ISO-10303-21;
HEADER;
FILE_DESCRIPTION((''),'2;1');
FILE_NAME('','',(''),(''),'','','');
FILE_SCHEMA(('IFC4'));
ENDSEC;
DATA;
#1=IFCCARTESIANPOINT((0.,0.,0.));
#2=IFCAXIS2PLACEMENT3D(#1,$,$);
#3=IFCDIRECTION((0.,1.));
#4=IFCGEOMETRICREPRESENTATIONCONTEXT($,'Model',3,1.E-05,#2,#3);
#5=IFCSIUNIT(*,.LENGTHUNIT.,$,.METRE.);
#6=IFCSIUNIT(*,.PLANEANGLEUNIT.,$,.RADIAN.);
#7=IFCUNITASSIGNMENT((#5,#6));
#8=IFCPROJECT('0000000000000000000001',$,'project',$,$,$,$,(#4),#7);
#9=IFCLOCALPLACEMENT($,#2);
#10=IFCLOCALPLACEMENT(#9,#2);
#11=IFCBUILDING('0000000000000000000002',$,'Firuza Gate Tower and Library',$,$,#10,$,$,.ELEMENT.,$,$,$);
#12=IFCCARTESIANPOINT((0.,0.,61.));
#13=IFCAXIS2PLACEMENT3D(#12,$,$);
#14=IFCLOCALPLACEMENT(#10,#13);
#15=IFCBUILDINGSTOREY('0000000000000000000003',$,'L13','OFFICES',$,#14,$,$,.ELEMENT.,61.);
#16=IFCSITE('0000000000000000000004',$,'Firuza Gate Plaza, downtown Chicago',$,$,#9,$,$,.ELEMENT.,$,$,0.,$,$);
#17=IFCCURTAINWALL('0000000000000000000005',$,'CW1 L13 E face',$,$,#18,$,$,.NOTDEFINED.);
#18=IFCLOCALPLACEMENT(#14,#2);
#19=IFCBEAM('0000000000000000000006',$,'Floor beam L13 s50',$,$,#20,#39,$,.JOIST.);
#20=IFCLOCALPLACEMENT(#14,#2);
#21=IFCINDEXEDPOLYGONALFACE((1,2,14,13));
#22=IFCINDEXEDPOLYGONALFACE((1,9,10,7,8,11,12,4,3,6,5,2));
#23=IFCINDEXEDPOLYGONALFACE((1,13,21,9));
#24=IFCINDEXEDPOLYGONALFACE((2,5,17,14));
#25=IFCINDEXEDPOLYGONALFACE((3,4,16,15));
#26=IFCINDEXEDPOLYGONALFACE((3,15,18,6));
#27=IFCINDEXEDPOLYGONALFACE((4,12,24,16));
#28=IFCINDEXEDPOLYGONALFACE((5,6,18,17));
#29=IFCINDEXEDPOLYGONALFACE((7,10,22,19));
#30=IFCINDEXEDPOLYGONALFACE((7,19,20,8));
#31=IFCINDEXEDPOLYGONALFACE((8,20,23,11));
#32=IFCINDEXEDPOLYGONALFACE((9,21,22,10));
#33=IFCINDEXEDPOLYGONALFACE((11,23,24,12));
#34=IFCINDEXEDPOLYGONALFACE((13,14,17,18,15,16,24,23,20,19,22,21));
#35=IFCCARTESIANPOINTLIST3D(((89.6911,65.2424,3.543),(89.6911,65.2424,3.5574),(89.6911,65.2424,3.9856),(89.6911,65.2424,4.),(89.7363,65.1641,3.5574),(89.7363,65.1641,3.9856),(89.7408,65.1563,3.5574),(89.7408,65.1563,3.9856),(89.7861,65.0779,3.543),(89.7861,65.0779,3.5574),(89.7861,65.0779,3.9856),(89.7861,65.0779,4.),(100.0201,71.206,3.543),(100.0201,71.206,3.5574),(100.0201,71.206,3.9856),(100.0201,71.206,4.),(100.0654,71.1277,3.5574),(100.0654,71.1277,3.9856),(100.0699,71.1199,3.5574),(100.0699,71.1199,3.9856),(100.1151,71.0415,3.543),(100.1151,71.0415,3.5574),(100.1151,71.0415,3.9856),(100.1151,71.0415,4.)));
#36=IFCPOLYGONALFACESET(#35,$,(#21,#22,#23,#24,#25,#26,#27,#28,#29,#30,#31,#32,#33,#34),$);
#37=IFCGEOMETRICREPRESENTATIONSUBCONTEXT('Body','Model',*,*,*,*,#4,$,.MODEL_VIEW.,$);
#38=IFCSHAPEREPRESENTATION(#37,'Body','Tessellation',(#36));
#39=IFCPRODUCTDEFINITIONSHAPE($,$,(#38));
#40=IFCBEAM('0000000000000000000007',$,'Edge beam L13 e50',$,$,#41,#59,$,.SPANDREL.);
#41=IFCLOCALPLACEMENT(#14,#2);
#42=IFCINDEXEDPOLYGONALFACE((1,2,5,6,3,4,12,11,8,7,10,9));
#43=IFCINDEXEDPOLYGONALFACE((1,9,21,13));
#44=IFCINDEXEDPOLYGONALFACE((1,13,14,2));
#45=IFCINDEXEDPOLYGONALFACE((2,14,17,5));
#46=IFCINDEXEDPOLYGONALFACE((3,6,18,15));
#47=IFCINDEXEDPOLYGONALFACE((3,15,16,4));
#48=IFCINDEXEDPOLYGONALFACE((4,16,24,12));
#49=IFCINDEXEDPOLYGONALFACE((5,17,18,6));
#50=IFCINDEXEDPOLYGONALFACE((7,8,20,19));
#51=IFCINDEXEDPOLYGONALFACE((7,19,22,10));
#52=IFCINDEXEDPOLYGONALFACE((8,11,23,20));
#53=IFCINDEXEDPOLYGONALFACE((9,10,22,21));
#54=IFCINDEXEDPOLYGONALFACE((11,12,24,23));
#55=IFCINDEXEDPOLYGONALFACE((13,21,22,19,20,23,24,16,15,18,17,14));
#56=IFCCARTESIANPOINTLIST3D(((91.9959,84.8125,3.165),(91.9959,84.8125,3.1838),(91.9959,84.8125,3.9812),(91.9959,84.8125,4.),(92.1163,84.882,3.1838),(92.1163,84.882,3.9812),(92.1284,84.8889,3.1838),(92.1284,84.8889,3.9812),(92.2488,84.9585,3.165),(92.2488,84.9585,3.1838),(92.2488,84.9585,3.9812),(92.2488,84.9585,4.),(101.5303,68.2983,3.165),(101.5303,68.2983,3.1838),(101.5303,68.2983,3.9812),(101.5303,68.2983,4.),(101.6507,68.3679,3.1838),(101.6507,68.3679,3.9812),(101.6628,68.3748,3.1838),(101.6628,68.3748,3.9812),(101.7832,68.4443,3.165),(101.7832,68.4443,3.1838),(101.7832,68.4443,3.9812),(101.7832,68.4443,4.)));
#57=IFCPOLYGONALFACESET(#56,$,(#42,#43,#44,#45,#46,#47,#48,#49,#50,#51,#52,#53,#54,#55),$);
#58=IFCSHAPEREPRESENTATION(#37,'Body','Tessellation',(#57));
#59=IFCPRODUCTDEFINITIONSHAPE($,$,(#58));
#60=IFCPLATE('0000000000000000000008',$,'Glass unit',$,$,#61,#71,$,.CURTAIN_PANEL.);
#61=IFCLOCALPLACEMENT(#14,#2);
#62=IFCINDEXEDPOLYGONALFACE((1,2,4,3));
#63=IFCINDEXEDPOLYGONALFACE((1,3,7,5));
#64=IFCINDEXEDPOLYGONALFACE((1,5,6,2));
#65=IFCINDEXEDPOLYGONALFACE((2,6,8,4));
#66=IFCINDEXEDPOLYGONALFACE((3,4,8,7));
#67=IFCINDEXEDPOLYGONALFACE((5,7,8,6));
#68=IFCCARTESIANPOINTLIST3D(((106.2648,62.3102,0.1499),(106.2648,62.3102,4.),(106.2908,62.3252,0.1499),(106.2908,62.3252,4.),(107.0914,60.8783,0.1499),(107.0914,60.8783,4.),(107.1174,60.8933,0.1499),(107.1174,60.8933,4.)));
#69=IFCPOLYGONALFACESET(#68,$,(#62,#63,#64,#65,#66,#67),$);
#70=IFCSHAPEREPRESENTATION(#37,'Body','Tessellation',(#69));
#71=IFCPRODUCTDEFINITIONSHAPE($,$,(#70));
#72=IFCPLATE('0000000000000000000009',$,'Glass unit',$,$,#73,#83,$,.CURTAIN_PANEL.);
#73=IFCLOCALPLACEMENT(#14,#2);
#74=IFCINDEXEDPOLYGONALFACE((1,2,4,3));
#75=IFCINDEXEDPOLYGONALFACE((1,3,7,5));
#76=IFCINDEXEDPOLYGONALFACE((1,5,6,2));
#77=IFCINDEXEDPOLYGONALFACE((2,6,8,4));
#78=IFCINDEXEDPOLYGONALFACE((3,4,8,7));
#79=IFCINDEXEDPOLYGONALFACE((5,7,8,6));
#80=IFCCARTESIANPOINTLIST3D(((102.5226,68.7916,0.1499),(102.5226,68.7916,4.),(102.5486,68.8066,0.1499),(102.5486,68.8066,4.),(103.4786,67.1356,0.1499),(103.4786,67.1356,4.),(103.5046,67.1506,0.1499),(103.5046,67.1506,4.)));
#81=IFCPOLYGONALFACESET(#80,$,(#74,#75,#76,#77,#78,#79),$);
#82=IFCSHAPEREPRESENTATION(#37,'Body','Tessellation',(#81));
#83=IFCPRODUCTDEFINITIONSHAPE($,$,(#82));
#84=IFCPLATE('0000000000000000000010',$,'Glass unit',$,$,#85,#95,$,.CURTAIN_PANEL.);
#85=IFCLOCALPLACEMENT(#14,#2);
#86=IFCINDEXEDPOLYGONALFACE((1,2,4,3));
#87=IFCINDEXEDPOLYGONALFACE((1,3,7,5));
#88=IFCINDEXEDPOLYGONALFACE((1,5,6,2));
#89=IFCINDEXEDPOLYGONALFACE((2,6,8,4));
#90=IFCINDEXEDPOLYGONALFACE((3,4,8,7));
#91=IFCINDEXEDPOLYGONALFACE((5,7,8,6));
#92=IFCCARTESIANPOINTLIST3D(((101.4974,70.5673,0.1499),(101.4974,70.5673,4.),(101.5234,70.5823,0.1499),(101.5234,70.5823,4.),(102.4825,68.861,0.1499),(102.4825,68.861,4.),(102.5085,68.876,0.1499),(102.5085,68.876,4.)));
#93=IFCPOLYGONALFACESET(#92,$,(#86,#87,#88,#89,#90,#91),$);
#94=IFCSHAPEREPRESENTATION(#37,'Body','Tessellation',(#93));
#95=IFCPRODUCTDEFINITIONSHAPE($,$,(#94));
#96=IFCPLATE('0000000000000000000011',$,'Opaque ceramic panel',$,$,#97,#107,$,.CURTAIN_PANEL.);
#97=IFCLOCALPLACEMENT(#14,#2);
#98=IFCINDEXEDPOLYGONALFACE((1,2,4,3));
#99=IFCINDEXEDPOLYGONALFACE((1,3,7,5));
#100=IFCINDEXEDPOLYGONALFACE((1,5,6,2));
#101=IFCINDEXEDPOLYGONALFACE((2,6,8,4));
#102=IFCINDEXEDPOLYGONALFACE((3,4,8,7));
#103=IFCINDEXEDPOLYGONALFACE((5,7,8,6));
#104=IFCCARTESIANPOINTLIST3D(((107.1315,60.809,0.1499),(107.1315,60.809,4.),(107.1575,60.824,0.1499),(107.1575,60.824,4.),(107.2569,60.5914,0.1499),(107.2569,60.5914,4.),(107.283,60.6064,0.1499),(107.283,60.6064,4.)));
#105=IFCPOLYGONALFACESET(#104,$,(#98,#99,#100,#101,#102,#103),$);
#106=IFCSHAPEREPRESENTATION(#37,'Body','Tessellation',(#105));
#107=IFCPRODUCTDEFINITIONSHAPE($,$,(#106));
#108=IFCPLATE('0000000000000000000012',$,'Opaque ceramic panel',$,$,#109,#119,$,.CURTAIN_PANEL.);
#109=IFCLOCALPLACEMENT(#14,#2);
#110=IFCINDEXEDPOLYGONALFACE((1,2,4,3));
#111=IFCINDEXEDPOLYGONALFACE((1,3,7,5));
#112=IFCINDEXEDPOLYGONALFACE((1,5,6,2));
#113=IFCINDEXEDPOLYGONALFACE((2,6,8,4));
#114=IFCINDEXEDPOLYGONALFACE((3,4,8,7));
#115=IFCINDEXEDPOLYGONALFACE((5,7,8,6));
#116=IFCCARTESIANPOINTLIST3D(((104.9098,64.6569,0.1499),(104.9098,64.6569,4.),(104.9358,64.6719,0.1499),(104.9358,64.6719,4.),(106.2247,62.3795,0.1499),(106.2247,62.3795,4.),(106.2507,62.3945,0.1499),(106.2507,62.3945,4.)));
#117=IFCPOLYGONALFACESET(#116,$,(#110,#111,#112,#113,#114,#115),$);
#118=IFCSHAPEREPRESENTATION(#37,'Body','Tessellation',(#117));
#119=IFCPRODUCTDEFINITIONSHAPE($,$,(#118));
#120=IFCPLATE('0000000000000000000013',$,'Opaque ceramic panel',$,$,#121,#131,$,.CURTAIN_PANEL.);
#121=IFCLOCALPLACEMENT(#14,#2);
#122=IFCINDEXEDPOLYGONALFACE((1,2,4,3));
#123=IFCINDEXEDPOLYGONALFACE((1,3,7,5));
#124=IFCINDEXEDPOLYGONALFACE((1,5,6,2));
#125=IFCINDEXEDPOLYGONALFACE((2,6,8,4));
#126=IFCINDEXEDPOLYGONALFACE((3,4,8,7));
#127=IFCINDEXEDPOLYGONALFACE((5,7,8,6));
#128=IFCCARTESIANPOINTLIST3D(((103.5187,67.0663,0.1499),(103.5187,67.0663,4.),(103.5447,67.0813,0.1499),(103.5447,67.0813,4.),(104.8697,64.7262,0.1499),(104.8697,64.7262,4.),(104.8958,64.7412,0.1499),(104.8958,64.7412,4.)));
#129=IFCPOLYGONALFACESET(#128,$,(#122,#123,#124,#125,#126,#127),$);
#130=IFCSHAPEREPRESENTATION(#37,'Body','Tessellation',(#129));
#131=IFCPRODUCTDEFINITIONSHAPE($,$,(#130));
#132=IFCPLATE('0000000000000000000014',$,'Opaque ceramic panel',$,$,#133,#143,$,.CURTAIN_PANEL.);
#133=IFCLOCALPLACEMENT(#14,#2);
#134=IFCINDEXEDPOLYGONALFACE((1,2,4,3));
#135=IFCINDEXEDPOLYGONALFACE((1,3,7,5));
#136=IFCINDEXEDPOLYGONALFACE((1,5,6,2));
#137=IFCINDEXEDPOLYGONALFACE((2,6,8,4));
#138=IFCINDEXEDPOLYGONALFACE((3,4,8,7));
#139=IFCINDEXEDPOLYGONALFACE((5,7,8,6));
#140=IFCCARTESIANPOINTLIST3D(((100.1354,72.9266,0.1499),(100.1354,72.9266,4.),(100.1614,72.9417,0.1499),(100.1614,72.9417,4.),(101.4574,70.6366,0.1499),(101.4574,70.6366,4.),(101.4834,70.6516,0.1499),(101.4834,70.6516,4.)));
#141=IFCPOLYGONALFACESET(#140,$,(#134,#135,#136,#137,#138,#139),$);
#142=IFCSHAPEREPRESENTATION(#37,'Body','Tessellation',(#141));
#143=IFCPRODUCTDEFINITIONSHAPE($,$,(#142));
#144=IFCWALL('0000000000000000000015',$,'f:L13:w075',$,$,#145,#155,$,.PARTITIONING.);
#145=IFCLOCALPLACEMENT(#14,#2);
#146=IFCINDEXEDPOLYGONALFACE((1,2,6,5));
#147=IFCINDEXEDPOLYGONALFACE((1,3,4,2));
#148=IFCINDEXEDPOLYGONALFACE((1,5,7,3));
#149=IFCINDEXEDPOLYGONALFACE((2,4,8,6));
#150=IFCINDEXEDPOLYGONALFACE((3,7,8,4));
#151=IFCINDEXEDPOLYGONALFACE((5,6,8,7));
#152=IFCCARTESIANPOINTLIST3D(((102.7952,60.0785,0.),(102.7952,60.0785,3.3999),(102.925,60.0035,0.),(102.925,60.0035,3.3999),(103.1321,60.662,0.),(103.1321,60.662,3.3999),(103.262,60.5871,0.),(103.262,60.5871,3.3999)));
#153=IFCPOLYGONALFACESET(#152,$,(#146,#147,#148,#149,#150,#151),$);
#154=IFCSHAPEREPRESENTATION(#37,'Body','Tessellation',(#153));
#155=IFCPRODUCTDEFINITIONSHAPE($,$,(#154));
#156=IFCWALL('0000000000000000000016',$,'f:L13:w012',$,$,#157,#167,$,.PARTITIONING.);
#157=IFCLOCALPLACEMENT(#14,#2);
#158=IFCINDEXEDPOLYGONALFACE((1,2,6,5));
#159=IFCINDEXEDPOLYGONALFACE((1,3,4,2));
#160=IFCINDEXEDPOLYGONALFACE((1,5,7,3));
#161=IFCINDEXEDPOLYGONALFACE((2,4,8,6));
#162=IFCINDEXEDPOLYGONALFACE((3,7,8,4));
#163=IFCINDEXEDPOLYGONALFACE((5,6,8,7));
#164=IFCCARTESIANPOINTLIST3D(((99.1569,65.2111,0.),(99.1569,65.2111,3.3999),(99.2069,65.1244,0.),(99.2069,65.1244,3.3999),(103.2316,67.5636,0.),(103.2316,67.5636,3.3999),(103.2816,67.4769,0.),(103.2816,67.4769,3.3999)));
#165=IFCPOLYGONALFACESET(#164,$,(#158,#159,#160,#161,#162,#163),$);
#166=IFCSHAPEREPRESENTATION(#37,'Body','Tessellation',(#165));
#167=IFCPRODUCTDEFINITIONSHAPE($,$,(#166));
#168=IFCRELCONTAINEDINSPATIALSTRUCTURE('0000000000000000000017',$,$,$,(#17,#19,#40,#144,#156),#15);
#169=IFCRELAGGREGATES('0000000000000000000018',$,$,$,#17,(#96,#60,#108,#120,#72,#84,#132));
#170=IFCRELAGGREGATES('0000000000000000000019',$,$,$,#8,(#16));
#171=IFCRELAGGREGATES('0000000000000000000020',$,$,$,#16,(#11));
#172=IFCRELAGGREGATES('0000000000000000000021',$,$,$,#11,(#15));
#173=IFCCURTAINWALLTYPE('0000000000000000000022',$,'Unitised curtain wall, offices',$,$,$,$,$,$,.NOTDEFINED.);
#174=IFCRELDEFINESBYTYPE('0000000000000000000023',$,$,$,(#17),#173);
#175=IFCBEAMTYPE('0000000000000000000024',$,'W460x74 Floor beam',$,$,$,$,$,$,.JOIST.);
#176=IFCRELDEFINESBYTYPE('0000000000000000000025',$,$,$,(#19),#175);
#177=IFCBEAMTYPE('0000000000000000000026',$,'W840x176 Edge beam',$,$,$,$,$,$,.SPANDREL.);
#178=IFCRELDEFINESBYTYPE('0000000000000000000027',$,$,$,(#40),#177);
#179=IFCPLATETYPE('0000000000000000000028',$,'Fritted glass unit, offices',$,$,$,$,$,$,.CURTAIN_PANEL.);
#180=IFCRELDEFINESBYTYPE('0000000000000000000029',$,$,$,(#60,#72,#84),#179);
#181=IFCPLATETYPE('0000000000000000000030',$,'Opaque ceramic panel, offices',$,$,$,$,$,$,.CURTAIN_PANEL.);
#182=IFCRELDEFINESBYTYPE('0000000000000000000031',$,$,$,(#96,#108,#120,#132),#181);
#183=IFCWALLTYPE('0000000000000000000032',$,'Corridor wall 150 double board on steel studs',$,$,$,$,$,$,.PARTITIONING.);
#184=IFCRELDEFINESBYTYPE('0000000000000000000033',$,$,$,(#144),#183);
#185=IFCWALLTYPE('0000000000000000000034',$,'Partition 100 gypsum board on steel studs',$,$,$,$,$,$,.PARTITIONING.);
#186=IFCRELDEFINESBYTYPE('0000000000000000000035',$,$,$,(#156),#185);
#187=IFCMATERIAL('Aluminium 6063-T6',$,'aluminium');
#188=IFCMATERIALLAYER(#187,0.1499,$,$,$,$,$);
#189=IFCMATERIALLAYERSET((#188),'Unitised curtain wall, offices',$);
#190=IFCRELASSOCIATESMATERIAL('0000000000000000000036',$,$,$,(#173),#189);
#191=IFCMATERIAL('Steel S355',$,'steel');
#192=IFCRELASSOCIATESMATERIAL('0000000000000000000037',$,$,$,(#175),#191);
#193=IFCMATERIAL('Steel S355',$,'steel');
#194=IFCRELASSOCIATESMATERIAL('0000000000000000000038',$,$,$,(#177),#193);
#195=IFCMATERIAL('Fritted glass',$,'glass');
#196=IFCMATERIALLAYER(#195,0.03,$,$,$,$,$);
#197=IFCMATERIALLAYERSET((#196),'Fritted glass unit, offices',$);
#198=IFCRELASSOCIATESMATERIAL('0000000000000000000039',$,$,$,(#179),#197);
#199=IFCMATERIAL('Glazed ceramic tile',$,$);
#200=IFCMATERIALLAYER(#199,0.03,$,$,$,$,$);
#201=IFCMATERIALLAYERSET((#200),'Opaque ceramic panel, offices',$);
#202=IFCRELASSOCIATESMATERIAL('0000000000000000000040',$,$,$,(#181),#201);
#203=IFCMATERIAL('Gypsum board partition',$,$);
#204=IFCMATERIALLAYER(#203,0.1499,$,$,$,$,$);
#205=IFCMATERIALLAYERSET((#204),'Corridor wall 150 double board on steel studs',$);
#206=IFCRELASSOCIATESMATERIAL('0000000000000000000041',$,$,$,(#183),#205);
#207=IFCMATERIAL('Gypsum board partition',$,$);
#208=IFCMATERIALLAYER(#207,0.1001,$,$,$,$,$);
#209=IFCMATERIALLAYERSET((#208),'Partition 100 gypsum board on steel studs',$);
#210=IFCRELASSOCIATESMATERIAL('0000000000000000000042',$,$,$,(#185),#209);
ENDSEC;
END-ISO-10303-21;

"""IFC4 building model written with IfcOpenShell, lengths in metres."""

from ifc_helpers import new_model, si_unit, direction, frame, frame_2d, origin, origin_2d, place, context, subcontext, project, spatial, polyline, rectangle, i_section, outline, extrude, material, layer, layer_set, material_profile, profile_set, type_object, element, aggregate, save


model = new_model("IFC4")

# Units and contexts
model_context = context("Model", 3, precision=1e-05, world=origin(), true_north=direction((0.0, 1.0)))
body_context = subcontext(model_context, "Body", "Model", "MODEL_VIEW")
ifc_project = project(units=[si_unit("LENGTHUNIT", "METRE"), si_unit("PLANEANGLEUNIT", "RADIAN")], contexts=[model_context])

# Site, building, storey
site_placement = place(None, origin())
site = spatial("IfcSite", under=ifc_project, at=site_placement, Name="Firuza Gate Plaza, downtown Chicago", CompositionType="ELEMENT", RefElevation=0.0)
building_placement = place(site_placement, origin())
building = spatial("IfcBuilding", under=site, at=building_placement, Name="Firuza Gate Tower and Library", CompositionType="ELEMENT")
storey_placement = place(building_placement, frame((0.0, 0.0, 61.0)))
storey = spatial("IfcBuildingStorey", under=building, at=storey_placement, Name="L13", Description="OFFICES", CompositionType="ELEMENT", Elevation=61.0)

# Curtain wall
ifc_material_1 = material(Name="Aluminium 6063-T6", Category="aluminium")
ifc_layer_1 = layer(ifc_material_1, 0.1499)
ifc_layer_set_1 = layer_set([ifc_layer_1], Name="Unitised curtain wall, offices")
curtain_wall_type = type_object("IfcCurtainWallType", Name="Unitised curtain wall, offices", PredefinedType="NOTDEFINED", material=ifc_layer_set_1)
curtain_wall_placement = place(storey_placement, origin())
curtain_wall = element("IfcCurtainWall", 1, at=curtain_wall_placement, inside=storey, type_object=curtain_wall_type, Name="CW1 L13 E face", PredefinedType="NOTDEFINED")

# Beams
ifc_material_2 = material(Name="Steel S355", Category="steel")
ifc_material_profile_1 = material_profile(ifc_material_2, i_section(OverallWidth=0.1899, OverallDepth=0.457, WebThickness=0.009, FlangeThickness=0.0144, at=origin_2d()))
ifc_profile_set_1 = profile_set([ifc_material_profile_1], Name="Steel S355")
beam_type_1 = type_object("IfcBeamType", Name="W460x74 Floor beam", PredefinedType="JOIST", material=ifc_profile_set_1)
beam_1_placement = place(storey_placement, frame((100.0676, 71.1238, 3.7715), z_axis=(-0.866021, -0.500007, 0.0), x_axis=(0.500007, -0.866021, 0.0)))
element("IfcBeam", 2, at=beam_1_placement, inside=storey, type_object=beam_type_1, Name="Floor beam L13 s50", PredefinedType="JOIST", context=body_context, shape_type="SweptSolid", body=[
    extrude(i_section(OverallWidth=0.1899, OverallDepth=0.457, WebThickness=0.009, FlangeThickness=0.0144, at=origin_2d()), origin(), (0.0, 0.0, 1.0), 11.927),
])
ifc_material_3 = material(Name="Steel S355", Category="steel")
ifc_material_profile_2 = material_profile(ifc_material_3, i_section(OverallWidth=0.292, OverallDepth=0.835, WebThickness=0.0139, FlangeThickness=0.0188, at=origin_2d()))
ifc_profile_set_2 = profile_set([ifc_material_profile_2], Name="Steel S355")
beam_type_2 = type_object("IfcBeamType", Name="W840x176 Edge beam", PredefinedType="SPANDREL", material=ifc_profile_set_2)
beam_2_placement = place(storey_placement, frame((101.6567, 68.3713, 3.5825), z_axis=(-0.499999, 0.866026, 0.0), x_axis=(-0.866026, -0.499999, 0.0)))
element("IfcBeam", 3, at=beam_2_placement, inside=storey, type_object=beam_type_2, Name="Edge beam L13 e50", PredefinedType="SPANDREL", context=body_context, shape_type="SweptSolid", body=[
    extrude(i_section(OverallWidth=0.292, OverallDepth=0.835, WebThickness=0.0139, FlangeThickness=0.0188, at=origin_2d()), origin(), (0.0, 0.0, 1.0), 19.0688),
])

# Plates
ifc_material_4 = material(Name="Fritted glass", Category="glass")
ifc_layer_2 = layer(ifc_material_4, 0.03)
ifc_layer_set_2 = layer_set([ifc_layer_2], Name="Fritted glass unit, offices")
plate_type_1 = type_object("IfcPlateType", Name="Fritted glass unit, offices", PredefinedType="CURTAIN_PANEL", material=ifc_layer_set_2)
plate_1_placement = place(storey_placement, frame((107.1174, 60.8933, 0.1499), z_axis=(0.866036, 0.499982, 0.0), x_axis=(-0.499982, 0.866036, 0.0)))
plate_1 = element("IfcPlate", 4, at=plate_1_placement, type_object=plate_type_1, Name="Glass unit", PredefinedType="CURTAIN_PANEL", context=body_context, shape_type="SweptSolid", body=[
    extrude(outline(polyline([(0.0, 0.0), (1.6534, 0.0), (1.6534, 3.8501), (0.0, 3.8501), (0.0, 0.0)])), origin(), (0.0, 0.0, -1.0), 0.03),
])
plate_2_placement = place(storey_placement, frame((103.5046, 67.1506, 0.1499), z_axis=(0.866035, 0.499984, 0.0), x_axis=(-0.499984, 0.866035, 0.0)))
plate_2 = element("IfcPlate", 5, at=plate_2_placement, type_object=plate_type_1, Name="Glass unit", PredefinedType="CURTAIN_PANEL", context=body_context, shape_type="SweptSolid", body=[
    extrude(outline(polyline([(0.0, 0.0), (1.9122, 0.0), (1.9122, 3.8501), (0.0, 3.8501), (0.0, 0.0)])), origin(), (0.0, 0.0, -1.0), 0.03),
])
plate_3_placement = place(storey_placement, frame((102.5085, 68.876, 0.1499), z_axis=(0.866031, 0.499991, 0.0), x_axis=(-0.499991, 0.866031, 0.0)))
plate_3 = element("IfcPlate", 6, at=plate_3_placement, type_object=plate_type_1, Name="Glass unit", PredefinedType="CURTAIN_PANEL", context=body_context, shape_type="SweptSolid", body=[
    extrude(outline(polyline([(0.0, 0.0), (1.9703, 0.0), (1.9703, 3.8501), (0.0, 3.8501), (0.0, 0.0)])), origin(), (0.0, 0.0, -1.0), 0.03),
])
ifc_material_5 = material(Name="Glazed ceramic tile")
ifc_layer_3 = layer(ifc_material_5, 0.03)
ifc_layer_set_3 = layer_set([ifc_layer_3], Name="Opaque ceramic panel, offices")
plate_type_2 = type_object("IfcPlateType", Name="Opaque ceramic panel, offices", PredefinedType="CURTAIN_PANEL", material=ifc_layer_set_3)
plate_4_placement = place(storey_placement, frame((107.283, 60.6064, 0.1499), z_axis=(0.866202, 0.499694, 0.0), x_axis=(-0.499694, 0.866202, 0.0)))
plate_4 = element("IfcPlate", 7, at=plate_4_placement, type_object=plate_type_2, Name="Opaque ceramic panel", PredefinedType="CURTAIN_PANEL", context=body_context, shape_type="SweptSolid", body=[
    extrude(outline(polyline([(0.0, 0.0), (0.2511, 0.0), (0.2511, 3.8501), (0.0, 3.8501), (0.0, 0.0)])), origin(), (0.0, 0.0, -1.0), 0.03),
])
plate_5_placement = place(storey_placement, frame((106.2507, 62.3945, 0.1499), z_axis=(0.866006, 0.500033, 0.0), x_axis=(-0.500033, 0.866006, 0.0)))
plate_5 = element("IfcPlate", 8, at=plate_5_placement, type_object=plate_type_2, Name="Opaque ceramic panel", PredefinedType="CURTAIN_PANEL", context=body_context, shape_type="SweptSolid", body=[
    extrude(outline(polyline([(0.0, 0.0), (2.6297, 0.0), (2.6297, 3.8501), (0.0, 3.8501), (0.0, 0.0)])), origin(), (0.0, 0.0, -1.0), 0.03),
])
plate_6_placement = place(storey_placement, frame((104.8958, 64.7412, 0.1499), z_axis=(0.866022, 0.500007, 0.0), x_axis=(-0.500007, 0.866022, 0.0)))
plate_6 = element("IfcPlate", 9, at=plate_6_placement, type_object=plate_type_2, Name="Opaque ceramic panel", PredefinedType="CURTAIN_PANEL", context=body_context, shape_type="SweptSolid", body=[
    extrude(outline(polyline([(0.0, 0.0), (2.7021, 0.0), (2.7021, 3.8501), (0.0, 3.8501), (0.0, 0.0)])), origin(), (0.0, 0.0, -1.0), 0.03),
])
plate_7_placement = place(storey_placement, frame((101.4834, 70.6516, 0.1499), z_axis=(0.866047, 0.499962, 0.0), x_axis=(-0.499962, 0.866047, 0.0)))
plate_7 = element("IfcPlate", 10, at=plate_7_placement, type_object=plate_type_2, Name="Opaque ceramic panel", PredefinedType="CURTAIN_PANEL", context=body_context, shape_type="SweptSolid", body=[
    extrude(outline(polyline([(0.0, 0.0), (2.6442, 0.0), (2.6442, 3.8501), (0.0, 3.8501), (0.0, 0.0)])), origin(), (0.0, 0.0, -1.0), 0.03),
])
aggregate(curtain_wall, [plate_4, plate_1, plate_5, plate_6, plate_2, plate_3, plate_7])

# Walls
ifc_material_6 = material(Name="Gypsum board partition")
ifc_layer_4 = layer(ifc_material_6, 0.1499)
ifc_layer_set_4 = layer_set([ifc_layer_4], Name="Corridor wall 150 double board on steel studs")
wall_type_1 = type_object("IfcWallType", Name="Corridor wall 150 double board on steel studs", PredefinedType="PARTITIONING", material=ifc_layer_set_4)
wall_1_placement = place(storey_placement, frame((102.8601, 60.041, 0.0), z_axis=(0.0, 0.0, 1.0), x_axis=(0.500036, 0.866005, 0.0)))
element("IfcWall", 11, at=wall_1_placement, inside=storey, type_object=wall_type_1, Name="f:L13:w075", PredefinedType="PARTITIONING", context=body_context, shape_type="SweptSolid", body=[
    extrude(rectangle(XDim=0.6738, YDim=0.1499, at=frame_2d((0.3369, 0.0))), origin(), (0.0, 0.0, 1.0), 3.3999),
])
ifc_material_7 = material(Name="Gypsum board partition")
ifc_layer_5 = layer(ifc_material_7, 0.1001)
ifc_layer_set_5 = layer_set([ifc_layer_5], Name="Partition 100 gypsum board on steel studs")
wall_type_2 = type_object("IfcWallType", Name="Partition 100 gypsum board on steel studs", PredefinedType="PARTITIONING", material=ifc_layer_set_5)
wall_2_placement = place(storey_placement, frame((99.1819, 65.1677, 0.0), z_axis=(0.0, 0.0, 1.0), x_axis=(0.866025, 0.500001, 0.0)))
element("IfcWall", 12, at=wall_2_placement, inside=storey, type_object=wall_type_2, Name="f:L13:w012", PredefinedType="PARTITIONING", context=body_context, shape_type="SweptSolid", body=[
    extrude(rectangle(XDim=4.7051, YDim=0.1001, at=frame_2d((2.3525, 0.0))), origin(), (0.0, 0.0, 1.0), 3.3999),
])

save(model, "model.ifc")
